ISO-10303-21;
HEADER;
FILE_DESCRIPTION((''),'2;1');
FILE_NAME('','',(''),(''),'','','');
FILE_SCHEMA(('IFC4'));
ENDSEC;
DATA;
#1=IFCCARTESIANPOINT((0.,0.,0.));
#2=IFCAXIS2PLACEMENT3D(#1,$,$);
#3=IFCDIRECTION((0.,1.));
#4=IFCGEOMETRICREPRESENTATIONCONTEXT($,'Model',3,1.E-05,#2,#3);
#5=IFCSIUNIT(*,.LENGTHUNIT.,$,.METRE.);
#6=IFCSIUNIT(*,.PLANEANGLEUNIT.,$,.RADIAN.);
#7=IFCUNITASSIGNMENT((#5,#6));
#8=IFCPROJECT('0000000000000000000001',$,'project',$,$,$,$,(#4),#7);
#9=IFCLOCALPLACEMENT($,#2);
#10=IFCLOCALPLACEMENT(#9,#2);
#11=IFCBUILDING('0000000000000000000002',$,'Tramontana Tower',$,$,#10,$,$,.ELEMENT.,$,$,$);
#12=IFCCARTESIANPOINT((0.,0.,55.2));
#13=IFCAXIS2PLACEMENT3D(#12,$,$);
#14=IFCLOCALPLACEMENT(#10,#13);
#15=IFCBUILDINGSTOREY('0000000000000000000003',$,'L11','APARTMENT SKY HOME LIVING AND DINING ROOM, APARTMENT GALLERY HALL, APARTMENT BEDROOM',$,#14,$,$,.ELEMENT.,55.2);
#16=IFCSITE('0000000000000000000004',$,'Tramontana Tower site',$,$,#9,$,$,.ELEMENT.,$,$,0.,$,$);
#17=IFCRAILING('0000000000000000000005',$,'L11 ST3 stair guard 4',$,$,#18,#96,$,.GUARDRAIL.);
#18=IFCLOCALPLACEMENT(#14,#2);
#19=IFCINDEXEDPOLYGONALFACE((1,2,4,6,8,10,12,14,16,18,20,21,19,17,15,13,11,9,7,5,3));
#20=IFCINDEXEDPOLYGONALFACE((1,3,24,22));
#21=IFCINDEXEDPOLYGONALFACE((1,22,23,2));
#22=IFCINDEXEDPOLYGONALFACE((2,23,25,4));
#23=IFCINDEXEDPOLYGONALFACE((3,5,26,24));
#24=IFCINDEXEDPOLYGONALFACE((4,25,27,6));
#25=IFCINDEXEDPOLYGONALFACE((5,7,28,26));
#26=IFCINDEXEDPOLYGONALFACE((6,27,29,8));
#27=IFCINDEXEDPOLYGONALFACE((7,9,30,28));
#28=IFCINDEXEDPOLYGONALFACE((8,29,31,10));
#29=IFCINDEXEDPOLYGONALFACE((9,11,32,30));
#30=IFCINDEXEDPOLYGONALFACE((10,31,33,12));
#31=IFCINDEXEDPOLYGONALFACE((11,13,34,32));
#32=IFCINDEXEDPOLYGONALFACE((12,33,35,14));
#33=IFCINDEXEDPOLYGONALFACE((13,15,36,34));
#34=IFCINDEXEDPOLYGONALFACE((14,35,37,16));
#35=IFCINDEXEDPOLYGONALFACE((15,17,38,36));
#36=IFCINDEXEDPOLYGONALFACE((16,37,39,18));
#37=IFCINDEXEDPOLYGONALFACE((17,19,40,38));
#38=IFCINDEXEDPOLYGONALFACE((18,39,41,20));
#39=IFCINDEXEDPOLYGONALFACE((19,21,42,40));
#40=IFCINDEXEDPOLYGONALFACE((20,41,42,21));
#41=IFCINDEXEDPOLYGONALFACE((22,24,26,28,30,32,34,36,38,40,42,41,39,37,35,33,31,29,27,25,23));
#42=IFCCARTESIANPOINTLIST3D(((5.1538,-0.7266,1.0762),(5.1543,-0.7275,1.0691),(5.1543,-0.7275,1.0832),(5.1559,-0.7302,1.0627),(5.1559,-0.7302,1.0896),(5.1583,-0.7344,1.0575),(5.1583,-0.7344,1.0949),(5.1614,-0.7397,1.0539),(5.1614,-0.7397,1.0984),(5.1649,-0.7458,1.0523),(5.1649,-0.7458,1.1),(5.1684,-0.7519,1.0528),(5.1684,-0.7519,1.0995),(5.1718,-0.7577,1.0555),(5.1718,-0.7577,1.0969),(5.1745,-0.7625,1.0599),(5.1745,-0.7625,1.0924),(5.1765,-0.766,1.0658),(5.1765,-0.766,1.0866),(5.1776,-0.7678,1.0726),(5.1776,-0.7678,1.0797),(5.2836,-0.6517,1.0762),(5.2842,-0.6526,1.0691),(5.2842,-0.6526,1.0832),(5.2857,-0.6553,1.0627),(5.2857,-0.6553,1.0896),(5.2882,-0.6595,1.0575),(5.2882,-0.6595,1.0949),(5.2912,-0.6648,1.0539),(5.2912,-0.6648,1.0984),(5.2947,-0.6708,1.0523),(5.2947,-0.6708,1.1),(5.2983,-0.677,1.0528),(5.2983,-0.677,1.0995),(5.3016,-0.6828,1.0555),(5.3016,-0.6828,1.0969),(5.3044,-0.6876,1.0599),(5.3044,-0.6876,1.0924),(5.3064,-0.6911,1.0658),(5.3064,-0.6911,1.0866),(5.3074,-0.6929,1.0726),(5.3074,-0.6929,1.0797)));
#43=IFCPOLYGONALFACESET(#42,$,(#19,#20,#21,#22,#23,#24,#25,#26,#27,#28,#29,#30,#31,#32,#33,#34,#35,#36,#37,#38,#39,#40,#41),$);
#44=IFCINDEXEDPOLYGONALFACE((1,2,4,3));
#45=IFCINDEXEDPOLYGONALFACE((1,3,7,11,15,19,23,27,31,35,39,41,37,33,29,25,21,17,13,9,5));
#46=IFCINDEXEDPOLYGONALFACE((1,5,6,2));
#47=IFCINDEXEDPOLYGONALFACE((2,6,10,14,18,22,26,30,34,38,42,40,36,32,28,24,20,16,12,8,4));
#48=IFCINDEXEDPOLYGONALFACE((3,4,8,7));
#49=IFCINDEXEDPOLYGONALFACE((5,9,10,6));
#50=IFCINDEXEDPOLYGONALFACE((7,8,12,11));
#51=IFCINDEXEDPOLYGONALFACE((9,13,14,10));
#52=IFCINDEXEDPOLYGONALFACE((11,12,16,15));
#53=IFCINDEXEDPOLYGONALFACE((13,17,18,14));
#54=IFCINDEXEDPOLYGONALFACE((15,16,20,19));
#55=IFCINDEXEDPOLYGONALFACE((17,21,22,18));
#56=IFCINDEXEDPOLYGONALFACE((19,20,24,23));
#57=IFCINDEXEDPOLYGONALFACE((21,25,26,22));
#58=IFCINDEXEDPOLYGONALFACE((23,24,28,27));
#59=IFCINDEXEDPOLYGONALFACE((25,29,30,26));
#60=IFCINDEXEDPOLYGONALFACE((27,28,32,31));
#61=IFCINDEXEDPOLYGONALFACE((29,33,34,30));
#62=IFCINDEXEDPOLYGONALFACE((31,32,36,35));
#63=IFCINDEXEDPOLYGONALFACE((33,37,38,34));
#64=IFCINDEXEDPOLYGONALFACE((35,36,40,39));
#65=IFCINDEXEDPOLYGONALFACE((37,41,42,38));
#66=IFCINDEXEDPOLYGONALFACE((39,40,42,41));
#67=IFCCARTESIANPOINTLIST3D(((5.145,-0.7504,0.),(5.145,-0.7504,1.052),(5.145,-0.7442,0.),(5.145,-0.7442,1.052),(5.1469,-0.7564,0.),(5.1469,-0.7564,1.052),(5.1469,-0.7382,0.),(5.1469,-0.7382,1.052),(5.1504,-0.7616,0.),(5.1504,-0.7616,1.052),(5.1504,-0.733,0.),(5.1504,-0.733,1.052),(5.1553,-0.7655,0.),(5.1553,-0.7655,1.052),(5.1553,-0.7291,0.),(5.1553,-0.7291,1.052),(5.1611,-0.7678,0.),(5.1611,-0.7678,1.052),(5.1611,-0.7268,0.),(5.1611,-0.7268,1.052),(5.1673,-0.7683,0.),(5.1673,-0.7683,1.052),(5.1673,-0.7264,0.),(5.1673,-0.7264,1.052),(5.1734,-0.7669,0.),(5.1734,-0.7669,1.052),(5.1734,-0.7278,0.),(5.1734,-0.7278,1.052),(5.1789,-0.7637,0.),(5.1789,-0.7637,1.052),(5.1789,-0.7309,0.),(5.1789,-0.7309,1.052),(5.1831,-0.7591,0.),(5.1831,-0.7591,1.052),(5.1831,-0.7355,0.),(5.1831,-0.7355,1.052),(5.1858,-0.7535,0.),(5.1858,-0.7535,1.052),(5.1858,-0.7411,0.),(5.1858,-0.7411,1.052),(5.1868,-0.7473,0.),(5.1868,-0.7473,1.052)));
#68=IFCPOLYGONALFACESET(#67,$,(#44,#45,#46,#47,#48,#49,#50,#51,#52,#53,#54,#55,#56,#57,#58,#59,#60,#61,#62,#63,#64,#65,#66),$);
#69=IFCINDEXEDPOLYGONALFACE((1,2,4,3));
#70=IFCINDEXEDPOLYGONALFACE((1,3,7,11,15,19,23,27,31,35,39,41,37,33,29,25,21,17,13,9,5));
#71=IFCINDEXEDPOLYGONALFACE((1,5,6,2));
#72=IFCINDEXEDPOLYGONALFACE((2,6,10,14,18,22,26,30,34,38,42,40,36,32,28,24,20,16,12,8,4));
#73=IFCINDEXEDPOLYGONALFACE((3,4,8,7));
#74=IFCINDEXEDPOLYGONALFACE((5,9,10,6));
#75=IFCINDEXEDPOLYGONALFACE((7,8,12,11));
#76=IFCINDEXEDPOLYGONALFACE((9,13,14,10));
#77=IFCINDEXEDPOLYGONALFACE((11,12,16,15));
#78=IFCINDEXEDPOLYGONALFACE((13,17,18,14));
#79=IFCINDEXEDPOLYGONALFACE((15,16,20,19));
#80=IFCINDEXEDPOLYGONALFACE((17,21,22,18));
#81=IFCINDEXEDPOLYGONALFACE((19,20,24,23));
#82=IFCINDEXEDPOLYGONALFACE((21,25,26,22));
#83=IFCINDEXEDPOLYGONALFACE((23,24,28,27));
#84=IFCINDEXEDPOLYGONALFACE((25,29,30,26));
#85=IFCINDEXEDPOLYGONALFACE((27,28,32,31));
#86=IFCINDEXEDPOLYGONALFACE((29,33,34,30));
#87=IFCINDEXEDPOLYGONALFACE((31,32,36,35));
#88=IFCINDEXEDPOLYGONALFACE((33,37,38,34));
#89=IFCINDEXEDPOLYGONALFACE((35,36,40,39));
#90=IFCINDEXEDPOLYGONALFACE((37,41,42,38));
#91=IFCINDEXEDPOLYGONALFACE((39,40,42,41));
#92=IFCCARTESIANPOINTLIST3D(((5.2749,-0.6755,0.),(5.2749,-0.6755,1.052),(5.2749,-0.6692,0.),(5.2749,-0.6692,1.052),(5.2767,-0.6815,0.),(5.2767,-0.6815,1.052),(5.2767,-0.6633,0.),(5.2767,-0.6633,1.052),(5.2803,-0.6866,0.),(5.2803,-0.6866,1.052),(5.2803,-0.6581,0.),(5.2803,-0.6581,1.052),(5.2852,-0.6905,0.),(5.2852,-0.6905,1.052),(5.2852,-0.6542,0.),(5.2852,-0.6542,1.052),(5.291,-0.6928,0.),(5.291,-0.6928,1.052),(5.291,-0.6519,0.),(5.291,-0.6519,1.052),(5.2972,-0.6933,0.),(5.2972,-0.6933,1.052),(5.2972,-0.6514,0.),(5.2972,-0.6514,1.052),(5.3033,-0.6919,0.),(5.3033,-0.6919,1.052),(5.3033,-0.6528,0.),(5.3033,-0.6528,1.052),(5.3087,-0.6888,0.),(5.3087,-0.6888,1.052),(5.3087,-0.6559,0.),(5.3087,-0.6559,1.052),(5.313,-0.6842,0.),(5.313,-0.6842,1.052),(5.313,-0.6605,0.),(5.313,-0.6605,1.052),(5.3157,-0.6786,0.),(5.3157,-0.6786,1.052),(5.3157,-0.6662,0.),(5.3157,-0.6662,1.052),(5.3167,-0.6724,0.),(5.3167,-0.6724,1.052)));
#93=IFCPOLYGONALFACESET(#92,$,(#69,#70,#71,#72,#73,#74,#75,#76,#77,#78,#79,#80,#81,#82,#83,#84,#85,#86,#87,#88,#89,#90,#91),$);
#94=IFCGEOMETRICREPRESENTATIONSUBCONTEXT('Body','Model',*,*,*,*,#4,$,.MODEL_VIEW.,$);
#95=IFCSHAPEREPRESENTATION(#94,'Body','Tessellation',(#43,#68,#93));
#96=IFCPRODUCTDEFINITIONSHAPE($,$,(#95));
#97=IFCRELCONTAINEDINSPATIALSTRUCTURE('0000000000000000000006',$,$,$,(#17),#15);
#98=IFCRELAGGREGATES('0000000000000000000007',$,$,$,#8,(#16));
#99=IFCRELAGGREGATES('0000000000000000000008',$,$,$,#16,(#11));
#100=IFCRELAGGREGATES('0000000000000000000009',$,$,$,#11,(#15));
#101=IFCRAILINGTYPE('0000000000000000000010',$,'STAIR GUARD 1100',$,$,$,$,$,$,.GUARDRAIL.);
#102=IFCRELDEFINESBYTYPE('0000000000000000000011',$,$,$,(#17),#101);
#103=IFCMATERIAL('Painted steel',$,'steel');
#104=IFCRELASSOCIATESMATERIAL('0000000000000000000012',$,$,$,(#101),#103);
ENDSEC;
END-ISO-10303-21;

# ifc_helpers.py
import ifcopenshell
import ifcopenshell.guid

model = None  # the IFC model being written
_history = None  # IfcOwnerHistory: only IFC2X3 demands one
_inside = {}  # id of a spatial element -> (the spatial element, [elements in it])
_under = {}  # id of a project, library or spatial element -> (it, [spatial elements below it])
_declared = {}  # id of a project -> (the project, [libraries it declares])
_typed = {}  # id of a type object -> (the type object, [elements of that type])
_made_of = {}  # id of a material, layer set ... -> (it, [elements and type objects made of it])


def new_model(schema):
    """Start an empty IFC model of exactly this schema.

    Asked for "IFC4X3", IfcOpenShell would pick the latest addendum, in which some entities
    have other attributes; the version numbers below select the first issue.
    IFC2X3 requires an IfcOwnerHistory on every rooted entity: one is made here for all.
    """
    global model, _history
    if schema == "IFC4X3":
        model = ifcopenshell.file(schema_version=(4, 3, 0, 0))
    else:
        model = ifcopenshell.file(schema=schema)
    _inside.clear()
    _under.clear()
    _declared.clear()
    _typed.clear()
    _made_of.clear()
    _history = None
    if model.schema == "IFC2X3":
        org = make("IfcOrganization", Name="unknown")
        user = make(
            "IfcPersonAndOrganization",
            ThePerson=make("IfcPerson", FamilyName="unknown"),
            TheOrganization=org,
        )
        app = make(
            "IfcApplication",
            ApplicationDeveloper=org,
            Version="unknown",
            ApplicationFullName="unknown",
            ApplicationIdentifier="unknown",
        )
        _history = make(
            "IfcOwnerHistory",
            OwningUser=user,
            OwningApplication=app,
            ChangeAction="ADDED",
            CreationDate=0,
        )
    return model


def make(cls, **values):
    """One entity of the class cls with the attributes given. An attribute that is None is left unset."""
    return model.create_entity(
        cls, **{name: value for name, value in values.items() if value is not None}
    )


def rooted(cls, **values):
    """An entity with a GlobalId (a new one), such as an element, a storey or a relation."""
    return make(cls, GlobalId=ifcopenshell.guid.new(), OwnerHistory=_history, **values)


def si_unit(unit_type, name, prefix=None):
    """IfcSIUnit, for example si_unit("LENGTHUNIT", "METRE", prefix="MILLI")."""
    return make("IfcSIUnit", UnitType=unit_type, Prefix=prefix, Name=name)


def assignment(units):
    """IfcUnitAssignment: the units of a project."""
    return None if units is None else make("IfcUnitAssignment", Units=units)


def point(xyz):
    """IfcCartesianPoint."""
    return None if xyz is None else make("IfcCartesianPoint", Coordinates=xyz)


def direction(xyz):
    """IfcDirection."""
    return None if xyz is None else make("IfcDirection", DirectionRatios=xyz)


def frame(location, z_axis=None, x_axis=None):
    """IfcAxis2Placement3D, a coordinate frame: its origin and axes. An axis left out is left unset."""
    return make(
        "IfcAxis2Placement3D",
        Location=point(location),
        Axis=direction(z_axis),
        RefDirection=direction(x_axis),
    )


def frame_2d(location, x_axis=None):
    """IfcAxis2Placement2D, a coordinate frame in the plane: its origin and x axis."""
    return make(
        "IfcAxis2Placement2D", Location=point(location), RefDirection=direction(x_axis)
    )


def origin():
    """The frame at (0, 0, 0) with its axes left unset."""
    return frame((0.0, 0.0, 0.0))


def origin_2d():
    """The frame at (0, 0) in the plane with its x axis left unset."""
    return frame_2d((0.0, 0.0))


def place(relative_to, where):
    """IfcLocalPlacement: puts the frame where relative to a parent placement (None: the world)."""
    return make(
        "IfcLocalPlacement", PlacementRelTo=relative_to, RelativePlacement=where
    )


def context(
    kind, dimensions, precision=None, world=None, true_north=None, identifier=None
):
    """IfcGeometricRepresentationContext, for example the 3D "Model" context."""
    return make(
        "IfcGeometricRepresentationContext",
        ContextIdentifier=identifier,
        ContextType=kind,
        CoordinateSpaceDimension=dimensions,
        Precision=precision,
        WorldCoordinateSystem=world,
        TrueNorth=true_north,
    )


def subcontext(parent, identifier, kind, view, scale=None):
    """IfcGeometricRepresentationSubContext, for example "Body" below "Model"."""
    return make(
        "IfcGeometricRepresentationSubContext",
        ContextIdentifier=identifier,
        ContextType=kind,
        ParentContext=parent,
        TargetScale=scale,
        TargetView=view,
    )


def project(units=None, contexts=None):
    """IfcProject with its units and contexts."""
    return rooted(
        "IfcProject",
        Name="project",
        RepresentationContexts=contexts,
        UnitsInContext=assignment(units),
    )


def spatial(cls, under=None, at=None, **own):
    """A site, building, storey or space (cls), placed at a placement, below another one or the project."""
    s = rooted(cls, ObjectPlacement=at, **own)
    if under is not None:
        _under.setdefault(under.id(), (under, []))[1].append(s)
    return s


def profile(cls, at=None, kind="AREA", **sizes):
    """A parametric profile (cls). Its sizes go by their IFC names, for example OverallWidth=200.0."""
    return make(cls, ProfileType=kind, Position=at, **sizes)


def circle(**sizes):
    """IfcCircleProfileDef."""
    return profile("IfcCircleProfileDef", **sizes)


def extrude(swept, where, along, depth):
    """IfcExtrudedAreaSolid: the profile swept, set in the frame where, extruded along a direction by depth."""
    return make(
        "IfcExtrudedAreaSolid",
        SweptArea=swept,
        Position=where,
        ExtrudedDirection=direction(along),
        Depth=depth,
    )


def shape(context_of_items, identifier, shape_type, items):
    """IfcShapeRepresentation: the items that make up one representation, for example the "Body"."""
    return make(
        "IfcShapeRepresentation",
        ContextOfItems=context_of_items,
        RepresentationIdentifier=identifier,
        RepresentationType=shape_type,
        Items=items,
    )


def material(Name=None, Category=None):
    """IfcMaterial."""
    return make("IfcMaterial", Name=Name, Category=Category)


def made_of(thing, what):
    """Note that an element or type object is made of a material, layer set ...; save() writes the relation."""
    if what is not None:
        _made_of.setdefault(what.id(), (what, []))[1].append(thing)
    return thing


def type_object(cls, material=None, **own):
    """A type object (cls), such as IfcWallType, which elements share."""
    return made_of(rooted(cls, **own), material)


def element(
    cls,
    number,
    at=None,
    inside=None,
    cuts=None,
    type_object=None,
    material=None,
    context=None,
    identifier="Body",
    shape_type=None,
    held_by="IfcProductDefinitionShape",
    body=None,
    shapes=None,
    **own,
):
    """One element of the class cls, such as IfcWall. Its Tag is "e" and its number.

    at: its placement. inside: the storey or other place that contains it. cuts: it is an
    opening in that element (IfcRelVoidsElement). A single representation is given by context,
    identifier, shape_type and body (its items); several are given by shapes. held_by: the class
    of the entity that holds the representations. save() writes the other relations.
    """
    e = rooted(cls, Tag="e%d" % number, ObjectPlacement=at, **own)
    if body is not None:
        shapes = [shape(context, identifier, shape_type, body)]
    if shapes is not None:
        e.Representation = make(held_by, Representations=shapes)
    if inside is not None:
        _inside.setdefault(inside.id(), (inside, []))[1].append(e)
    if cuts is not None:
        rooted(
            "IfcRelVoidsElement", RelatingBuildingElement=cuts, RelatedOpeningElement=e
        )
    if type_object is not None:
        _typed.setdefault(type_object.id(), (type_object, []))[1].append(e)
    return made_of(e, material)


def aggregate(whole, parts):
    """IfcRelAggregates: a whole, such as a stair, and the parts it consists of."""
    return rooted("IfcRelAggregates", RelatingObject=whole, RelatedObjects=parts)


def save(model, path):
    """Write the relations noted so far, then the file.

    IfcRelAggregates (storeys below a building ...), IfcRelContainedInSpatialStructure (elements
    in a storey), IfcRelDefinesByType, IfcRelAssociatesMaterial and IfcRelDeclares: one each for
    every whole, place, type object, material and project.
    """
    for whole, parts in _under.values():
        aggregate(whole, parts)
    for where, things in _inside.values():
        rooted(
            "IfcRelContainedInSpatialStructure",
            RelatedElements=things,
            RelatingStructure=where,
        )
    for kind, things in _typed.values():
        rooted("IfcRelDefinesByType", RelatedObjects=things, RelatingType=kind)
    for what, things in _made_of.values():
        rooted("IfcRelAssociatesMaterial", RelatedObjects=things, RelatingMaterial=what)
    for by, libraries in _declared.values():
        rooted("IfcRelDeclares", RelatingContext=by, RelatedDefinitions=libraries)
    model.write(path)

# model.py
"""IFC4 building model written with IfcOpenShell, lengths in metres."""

from ifc_helpers import new_model, si_unit, direction, frame, origin, origin_2d, place, context, subcontext, project, spatial, circle, extrude, material, type_object, element, save


model = new_model("IFC4")

# Units and contexts
model_context = context("Model", 3, precision=1e-05, world=origin(), true_north=direction((0.0, 1.0)))
body_context = subcontext(model_context, "Body", "Model", "MODEL_VIEW")
ifc_project = project(units=[si_unit("LENGTHUNIT", "METRE"), si_unit("PLANEANGLEUNIT", "RADIAN")], contexts=[model_context])

# Site, building, storey
site_placement = place(None, origin())
site = spatial("IfcSite", under=ifc_project, at=site_placement, Name="Tramontana Tower site", CompositionType="ELEMENT", RefElevation=0.0)
building_placement = place(site_placement, origin())
building = spatial("IfcBuilding", under=site, at=building_placement, Name="Tramontana Tower", CompositionType="ELEMENT")
storey_placement = place(building_placement, frame((0.0, 0.0, 55.2)))
storey = spatial("IfcBuildingStorey", under=building, at=storey_placement, Name="L11", Description="APARTMENT SKY HOME LIVING AND DINING ROOM, APARTMENT GALLERY HALL, APARTMENT BEDROOM", CompositionType="ELEMENT", Elevation=55.2)

# Railing
ifc_material_1 = material(Name="Painted steel", Category="steel")
railing_type_1 = type_object("IfcRailingType", Name="STAIR GUARD 1100", PredefinedType="GUARDRAIL", material=ifc_material_1)
railing_1_placement = place(storey_placement, frame((5.1658, -0.7473, 0.0)))
element("IfcRailing", 1, at=railing_1_placement, inside=storey, type_object=railing_type_1, Name="L11 ST3 stair guard 4", PredefinedType="GUARDRAIL", context=body_context, shape_type="SweptSolid", body=[
    extrude(circle(Radius=0.0239, at=origin_2d()), frame((0.0, 0.0, 1.0762), z_axis=(0.866131, 0.499816, 0.0), x_axis=(-0.499816, 0.866131, 0.0)), (0.0, 0.0, 1.0), 0.1499),
    extrude(circle(Radius=0.021, at=origin_2d()), origin(), (0.0, 0.0, 1.0), 1.052),
    extrude(circle(Radius=0.021, at=origin_2d()), frame((0.1299, 0.075, 0.0)), (0.0, 0.0, 1.0), 1.052),
])

save(model, "model.ifc")
